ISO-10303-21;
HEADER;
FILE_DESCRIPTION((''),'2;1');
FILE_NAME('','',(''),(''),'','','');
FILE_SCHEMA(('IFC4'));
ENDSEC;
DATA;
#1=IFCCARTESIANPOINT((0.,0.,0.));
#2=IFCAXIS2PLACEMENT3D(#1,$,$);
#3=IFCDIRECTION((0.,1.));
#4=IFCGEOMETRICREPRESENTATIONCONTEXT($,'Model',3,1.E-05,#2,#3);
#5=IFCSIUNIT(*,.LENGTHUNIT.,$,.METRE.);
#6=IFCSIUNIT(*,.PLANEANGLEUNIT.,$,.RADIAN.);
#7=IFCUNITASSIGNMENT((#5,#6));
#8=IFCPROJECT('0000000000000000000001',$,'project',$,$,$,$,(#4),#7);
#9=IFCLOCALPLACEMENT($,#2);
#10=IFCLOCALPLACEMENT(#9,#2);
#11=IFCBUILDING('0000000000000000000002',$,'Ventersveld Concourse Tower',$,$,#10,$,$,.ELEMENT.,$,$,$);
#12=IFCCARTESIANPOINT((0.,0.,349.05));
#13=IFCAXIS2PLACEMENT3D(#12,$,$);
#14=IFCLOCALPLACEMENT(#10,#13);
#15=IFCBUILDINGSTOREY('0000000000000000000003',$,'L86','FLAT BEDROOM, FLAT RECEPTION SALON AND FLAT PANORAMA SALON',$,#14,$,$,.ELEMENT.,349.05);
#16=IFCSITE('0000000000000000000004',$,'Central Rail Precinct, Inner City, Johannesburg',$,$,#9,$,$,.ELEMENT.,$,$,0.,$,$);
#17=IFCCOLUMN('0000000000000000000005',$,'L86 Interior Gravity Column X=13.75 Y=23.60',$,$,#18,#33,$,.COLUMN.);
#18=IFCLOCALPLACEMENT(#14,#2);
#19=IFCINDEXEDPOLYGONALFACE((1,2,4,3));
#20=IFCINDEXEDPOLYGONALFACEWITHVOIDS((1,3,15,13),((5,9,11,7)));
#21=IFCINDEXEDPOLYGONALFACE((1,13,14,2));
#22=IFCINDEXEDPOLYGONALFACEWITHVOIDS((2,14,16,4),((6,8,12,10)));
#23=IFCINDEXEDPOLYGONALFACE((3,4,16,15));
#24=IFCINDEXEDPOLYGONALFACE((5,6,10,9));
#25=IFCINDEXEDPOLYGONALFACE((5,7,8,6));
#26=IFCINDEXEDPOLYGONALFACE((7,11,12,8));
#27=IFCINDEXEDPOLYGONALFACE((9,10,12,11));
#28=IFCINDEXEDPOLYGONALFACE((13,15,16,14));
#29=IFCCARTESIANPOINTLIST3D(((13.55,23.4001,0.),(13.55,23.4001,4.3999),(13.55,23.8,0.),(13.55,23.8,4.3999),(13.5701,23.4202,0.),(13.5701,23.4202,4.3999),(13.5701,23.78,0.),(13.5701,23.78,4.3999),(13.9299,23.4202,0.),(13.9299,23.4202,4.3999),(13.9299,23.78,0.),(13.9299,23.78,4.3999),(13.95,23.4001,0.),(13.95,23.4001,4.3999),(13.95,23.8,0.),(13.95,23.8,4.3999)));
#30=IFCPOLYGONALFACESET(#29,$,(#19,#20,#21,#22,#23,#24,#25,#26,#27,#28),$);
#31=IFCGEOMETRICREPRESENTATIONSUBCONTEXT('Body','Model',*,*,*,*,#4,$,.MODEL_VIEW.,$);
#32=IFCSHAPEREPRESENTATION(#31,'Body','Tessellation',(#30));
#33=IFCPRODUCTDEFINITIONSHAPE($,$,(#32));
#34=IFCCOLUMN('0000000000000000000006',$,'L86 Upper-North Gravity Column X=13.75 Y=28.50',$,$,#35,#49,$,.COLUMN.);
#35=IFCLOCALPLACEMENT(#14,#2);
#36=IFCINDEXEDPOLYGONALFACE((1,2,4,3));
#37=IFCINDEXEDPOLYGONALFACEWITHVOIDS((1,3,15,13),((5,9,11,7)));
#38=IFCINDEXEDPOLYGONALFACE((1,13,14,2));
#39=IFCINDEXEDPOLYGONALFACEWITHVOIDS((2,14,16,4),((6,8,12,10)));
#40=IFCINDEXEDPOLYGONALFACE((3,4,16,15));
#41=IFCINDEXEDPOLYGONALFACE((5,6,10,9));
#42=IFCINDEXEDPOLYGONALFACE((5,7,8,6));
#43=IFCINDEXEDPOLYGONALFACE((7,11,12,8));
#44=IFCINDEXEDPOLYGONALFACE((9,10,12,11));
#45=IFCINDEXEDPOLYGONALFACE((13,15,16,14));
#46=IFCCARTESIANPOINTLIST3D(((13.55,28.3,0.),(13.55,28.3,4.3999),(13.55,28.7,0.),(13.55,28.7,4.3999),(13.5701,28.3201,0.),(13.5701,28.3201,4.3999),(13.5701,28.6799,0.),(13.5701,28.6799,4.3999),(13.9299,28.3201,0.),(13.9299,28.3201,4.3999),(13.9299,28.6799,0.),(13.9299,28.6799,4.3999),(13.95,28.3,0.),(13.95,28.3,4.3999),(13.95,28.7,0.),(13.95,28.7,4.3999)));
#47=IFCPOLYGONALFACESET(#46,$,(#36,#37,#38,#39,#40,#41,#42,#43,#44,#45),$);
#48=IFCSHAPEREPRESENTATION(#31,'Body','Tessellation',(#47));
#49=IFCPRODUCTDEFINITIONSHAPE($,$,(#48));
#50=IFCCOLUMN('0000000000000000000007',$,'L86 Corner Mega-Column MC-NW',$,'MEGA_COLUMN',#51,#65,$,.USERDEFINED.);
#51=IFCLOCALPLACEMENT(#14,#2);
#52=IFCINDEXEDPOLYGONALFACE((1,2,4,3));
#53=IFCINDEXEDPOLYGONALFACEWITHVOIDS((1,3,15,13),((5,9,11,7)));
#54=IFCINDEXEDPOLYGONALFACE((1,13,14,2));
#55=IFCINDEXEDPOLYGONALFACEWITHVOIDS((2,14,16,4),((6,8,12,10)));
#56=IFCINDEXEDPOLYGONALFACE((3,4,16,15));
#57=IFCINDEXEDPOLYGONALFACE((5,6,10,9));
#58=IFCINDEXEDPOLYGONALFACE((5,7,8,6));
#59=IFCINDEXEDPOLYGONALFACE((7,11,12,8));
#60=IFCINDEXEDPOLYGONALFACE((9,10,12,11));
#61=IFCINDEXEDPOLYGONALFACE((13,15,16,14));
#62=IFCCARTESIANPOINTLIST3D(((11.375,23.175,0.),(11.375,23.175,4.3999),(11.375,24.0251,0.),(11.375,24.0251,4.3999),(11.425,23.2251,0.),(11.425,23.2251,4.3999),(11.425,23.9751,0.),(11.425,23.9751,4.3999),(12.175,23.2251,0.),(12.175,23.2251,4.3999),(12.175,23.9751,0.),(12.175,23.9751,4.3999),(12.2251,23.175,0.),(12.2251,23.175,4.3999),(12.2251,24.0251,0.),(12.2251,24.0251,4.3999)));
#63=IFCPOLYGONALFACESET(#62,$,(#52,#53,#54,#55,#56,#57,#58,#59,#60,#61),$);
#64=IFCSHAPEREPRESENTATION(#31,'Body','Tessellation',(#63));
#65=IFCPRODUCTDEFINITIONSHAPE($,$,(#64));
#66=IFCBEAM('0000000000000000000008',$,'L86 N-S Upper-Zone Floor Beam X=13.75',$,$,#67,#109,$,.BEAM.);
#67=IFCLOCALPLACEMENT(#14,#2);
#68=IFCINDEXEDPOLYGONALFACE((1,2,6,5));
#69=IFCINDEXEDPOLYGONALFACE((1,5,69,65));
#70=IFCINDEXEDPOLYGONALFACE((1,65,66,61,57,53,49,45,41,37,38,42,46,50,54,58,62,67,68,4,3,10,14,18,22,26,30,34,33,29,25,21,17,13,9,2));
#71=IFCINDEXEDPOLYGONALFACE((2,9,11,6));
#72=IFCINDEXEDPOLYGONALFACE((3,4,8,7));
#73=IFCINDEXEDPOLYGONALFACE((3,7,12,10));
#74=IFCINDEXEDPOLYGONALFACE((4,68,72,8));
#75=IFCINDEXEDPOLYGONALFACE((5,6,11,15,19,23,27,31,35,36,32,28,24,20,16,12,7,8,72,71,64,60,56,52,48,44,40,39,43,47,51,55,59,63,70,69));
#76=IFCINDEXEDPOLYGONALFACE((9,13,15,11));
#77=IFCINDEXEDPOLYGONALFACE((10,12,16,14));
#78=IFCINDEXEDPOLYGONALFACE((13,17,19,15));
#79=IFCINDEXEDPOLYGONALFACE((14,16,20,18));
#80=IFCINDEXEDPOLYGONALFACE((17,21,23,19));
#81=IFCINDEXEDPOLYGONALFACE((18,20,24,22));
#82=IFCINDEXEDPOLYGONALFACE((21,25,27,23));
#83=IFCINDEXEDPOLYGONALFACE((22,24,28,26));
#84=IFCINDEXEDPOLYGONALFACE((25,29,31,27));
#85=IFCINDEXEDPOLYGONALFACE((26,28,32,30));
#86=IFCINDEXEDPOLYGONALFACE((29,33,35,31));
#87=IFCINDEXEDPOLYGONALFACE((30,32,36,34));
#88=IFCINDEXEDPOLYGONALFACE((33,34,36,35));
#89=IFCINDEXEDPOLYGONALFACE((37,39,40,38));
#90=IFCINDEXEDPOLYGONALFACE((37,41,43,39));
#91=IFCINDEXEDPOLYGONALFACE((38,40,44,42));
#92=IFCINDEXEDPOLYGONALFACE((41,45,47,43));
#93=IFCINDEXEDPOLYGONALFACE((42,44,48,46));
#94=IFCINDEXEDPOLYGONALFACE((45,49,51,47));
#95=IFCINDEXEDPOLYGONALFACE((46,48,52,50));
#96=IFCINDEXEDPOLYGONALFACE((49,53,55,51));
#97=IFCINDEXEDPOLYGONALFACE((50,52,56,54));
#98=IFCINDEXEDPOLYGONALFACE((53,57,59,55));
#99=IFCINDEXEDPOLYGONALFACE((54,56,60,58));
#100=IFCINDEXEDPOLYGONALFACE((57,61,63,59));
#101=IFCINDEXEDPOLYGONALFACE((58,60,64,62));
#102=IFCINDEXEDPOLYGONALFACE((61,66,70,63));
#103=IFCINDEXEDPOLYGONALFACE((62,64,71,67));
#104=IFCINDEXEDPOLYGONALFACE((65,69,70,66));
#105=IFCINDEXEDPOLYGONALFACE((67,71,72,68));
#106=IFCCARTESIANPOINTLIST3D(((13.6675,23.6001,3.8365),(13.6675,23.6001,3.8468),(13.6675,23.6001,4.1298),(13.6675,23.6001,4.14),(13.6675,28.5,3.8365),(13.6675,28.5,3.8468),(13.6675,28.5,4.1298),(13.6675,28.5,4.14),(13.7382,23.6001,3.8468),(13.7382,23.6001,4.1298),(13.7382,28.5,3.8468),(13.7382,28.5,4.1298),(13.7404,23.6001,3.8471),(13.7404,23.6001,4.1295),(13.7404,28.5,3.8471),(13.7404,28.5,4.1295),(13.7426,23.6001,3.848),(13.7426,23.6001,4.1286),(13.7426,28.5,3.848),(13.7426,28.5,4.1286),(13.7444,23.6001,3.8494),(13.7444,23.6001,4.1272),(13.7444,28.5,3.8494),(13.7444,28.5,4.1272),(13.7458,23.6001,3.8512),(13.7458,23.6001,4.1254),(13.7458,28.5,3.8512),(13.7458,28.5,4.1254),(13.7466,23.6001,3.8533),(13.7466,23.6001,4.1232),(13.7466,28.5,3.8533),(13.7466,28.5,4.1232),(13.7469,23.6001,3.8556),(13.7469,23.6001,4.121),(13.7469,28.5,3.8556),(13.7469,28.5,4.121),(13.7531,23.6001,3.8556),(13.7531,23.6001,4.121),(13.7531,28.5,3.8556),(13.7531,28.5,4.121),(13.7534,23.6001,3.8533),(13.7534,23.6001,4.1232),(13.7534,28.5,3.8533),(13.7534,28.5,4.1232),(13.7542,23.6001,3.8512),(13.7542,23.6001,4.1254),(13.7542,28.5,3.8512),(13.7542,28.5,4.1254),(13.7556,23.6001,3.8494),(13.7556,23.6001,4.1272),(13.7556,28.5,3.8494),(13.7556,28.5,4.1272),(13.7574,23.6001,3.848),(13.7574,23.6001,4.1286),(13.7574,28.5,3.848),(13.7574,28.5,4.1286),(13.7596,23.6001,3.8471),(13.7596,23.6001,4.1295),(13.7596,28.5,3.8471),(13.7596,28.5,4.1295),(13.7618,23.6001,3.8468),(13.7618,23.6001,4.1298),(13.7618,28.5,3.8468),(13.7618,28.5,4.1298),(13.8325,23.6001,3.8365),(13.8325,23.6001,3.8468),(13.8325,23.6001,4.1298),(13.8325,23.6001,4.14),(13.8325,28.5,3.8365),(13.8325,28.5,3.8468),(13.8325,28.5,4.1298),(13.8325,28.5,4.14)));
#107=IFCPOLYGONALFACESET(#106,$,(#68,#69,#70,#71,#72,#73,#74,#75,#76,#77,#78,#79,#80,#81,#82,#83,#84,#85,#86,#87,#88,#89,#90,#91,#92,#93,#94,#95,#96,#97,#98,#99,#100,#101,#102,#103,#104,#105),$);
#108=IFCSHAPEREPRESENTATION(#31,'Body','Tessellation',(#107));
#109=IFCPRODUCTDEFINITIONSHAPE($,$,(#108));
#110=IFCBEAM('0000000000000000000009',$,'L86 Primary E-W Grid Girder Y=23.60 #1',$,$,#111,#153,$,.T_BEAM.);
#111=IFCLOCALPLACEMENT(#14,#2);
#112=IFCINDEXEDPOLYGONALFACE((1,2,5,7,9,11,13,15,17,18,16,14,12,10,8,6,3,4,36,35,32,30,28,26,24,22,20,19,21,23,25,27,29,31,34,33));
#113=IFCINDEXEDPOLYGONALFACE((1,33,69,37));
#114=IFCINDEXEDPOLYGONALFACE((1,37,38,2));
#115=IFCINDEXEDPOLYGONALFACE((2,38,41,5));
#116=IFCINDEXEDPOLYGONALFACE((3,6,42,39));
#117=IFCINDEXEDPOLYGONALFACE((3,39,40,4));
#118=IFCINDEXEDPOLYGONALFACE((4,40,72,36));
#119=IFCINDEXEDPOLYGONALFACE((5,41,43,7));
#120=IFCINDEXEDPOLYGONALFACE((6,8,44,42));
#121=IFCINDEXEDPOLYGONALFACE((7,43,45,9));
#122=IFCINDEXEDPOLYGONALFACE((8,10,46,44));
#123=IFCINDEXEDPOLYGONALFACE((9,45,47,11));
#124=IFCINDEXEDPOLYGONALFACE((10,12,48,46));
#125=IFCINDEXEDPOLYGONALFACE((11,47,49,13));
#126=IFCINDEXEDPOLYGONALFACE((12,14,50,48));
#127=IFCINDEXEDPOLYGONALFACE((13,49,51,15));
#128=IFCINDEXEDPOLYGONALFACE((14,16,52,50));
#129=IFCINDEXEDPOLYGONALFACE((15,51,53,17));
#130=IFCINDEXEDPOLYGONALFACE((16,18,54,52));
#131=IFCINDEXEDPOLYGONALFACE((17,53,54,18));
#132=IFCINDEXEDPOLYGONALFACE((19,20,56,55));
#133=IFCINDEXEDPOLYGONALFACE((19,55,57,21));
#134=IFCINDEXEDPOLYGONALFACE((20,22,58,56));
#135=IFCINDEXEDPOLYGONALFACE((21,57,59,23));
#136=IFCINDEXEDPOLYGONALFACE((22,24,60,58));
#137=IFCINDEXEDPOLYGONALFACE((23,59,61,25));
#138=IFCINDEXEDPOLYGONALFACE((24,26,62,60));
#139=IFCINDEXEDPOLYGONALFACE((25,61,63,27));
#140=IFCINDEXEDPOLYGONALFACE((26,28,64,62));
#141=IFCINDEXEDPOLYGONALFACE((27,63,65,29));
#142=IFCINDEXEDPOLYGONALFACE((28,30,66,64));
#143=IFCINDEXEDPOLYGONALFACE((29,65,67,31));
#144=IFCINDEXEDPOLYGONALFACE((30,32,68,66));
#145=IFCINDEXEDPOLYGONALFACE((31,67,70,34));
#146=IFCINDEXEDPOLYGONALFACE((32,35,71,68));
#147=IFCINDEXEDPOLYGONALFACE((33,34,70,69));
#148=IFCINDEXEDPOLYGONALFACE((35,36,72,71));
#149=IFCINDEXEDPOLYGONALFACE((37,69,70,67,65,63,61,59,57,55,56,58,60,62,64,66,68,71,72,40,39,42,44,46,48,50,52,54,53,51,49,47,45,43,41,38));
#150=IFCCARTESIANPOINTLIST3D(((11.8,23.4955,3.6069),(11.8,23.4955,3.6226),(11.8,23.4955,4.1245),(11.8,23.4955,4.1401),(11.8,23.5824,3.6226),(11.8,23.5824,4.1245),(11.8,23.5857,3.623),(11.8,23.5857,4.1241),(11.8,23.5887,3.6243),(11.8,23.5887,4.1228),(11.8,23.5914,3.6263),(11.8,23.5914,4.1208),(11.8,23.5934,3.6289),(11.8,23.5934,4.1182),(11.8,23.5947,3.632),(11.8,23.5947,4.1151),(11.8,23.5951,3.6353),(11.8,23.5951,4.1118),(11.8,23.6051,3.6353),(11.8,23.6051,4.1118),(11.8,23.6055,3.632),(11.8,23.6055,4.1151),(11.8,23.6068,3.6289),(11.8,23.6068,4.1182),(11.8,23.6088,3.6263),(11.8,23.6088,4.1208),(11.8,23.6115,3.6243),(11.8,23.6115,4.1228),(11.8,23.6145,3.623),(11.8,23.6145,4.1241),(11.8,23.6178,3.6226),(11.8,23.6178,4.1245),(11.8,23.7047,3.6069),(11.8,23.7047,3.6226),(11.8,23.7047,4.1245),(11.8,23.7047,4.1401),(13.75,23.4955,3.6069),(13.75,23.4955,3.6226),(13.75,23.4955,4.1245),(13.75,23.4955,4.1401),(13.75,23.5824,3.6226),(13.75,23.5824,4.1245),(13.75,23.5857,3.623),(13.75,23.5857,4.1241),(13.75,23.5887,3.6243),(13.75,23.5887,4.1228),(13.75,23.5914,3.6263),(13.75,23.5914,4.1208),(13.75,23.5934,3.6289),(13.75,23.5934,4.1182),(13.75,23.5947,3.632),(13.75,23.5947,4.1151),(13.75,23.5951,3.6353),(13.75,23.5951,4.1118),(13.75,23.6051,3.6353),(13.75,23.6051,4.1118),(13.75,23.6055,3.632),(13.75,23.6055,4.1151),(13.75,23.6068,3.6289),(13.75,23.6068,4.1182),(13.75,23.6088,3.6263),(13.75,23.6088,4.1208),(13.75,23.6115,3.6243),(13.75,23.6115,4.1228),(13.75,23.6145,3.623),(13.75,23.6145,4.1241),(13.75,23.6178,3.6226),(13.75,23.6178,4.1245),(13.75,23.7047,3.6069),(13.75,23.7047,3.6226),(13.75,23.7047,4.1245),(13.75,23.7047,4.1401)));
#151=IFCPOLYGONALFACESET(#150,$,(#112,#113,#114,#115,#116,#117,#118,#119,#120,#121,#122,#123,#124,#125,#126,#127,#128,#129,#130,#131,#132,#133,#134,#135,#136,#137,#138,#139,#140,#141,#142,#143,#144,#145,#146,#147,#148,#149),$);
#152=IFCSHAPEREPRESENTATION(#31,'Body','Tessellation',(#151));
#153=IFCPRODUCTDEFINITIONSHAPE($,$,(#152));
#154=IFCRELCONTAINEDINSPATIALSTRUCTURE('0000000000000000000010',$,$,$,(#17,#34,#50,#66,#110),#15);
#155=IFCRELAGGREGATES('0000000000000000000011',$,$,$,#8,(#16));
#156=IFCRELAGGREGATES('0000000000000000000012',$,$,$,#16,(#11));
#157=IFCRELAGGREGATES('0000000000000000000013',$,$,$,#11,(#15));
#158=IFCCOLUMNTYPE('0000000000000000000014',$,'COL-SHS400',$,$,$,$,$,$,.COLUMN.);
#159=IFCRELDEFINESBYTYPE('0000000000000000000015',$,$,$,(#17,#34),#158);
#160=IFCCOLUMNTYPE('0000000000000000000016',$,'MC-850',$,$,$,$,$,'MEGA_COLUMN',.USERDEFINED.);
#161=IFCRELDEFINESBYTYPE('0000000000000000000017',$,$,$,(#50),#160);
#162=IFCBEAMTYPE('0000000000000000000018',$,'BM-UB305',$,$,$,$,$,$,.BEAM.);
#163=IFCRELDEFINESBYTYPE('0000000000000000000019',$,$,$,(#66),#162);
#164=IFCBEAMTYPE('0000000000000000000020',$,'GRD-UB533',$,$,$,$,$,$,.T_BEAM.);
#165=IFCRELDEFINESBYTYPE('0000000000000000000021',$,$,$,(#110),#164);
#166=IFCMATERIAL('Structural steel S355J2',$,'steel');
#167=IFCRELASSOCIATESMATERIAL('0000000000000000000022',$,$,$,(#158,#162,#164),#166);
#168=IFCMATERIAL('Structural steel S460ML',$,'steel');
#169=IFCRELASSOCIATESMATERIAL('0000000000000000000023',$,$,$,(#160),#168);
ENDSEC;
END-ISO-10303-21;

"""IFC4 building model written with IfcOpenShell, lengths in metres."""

from ifc_helpers import new_model, si_unit, direction, frame, origin, origin_2d, place, context, subcontext, project, spatial, hollow_rectangle, i_section, extrude, material, material_profile, profile_set, type_object, element, save


model = new_model("IFC4")

# Units and contexts
model_context = context("Model", 3, precision=1e-05, world=origin(), true_north=direction((0.0, 1.0)))
body_context = subcontext(model_context, "Body", "Model", "MODEL_VIEW")
ifc_project = project(units=[si_unit("LENGTHUNIT", "METRE"), si_unit("PLANEANGLEUNIT", "RADIAN")], contexts=[model_context])

# Site, building, storey
site_placement = place(None, origin())
site = spatial("IfcSite", under=ifc_project, at=site_placement, Name="Central Rail Precinct, Inner City, Johannesburg", CompositionType="ELEMENT", RefElevation=0.0)
building_placement = place(site_placement, origin())
building = spatial("IfcBuilding", under=site, at=building_placement, Name="Ventersveld Concourse Tower", CompositionType="ELEMENT")
storey_placement = place(building_placement, frame((0.0, 0.0, 349.05)))
storey = spatial("IfcBuildingStorey", under=building, at=storey_placement, Name="L86", Description="FLAT BEDROOM, FLAT RECEPTION SALON AND FLAT PANORAMA SALON", CompositionType="ELEMENT", Elevation=349.05)

# Columns
ifc_material_1 = material(Name="Structural steel S355J2", Category="steel")
ifc_material_profile_1 = material_profile(ifc_material_1, hollow_rectangle(XDim=0.3999, YDim=0.3999, WallThickness=0.02, at=origin_2d()), Name="SHS 400x400x20")
ifc_profile_set_1 = profile_set([ifc_material_profile_1], Name="Structural steel S355J2")
column_type_1 = type_object("IfcColumnType", Name="COL-SHS400", PredefinedType="COLUMN", material=ifc_profile_set_1)
for number, where, z_axis, x_axis, name in (
    (1, (13.75, 23.6001, 0.0), (0.0, 0.0, 1.0), (1.0, 0.0, 0.0), "L86 Interior Gravity Column X=13.75 Y=23.60"),
    (2, (13.75, 28.5, 0.0), (0.0, 0.0, 1.0), (1.0, 0.0, 0.0), "L86 Upper-North Gravity Column X=13.75 Y=28.50"),
):
    element("IfcColumn", number, at=place(storey_placement, frame(where, z_axis=z_axis, x_axis=x_axis)), inside=storey, type_object=column_type_1, Name=name, PredefinedType="COLUMN", context=body_context, shape_type="SweptSolid", body=[
        extrude(hollow_rectangle(XDim=0.3999, YDim=0.3999, WallThickness=0.02, at=origin_2d()), origin(), (0.0, 0.0, 1.0), 4.3999),
    ])
ifc_material_2 = material(Name="Structural steel S460ML", Category="steel")
ifc_material_profile_2 = material_profile(ifc_material_2, hollow_rectangle(XDim=0.8501, YDim=0.8501, WallThickness=0.05, at=origin_2d()), Name="BOX 850x850x50")
ifc_profile_set_2 = profile_set([ifc_material_profile_2], Name="Structural steel S460ML")
column_type_2 = type_object("IfcColumnType", Name="MC-850", ElementType="MEGA_COLUMN", PredefinedType="USERDEFINED", material=ifc_profile_set_2)
column_placement = place(storey_placement, frame((11.8, 23.6001, 0.0), z_axis=(0.0, 0.0, 1.0), x_axis=(1.0, 0.0, 0.0)))
element("IfcColumn", 3, at=column_placement, inside=storey, type_object=column_type_2, Name="L86 Corner Mega-Column MC-NW", ObjectType="MEGA_COLUMN", PredefinedType="USERDEFINED", context=body_context, shape_type="SweptSolid", body=[
    extrude(hollow_rectangle(XDim=0.8501, YDim=0.8501, WallThickness=0.05, at=origin_2d()), origin(), (0.0, 0.0, 1.0), 4.3999),
])

# Beams
ifc_material_profile_3 = material_profile(ifc_material_1, i_section(OverallWidth=0.165, OverallDepth=0.3035, WebThickness=0.0061, FlangeThickness=0.0103, FilletRadius=0.0088, at=origin_2d()), Name="UB 305x165x40")
ifc_profile_set_3 = profile_set([ifc_material_profile_3], Name="Structural steel S355J2")
beam_type_1 = type_object("IfcBeamType", Name="BM-UB305", PredefinedType="BEAM", material=ifc_profile_set_3)
beam_1_placement = place(storey_placement, frame((13.75, 23.6001, 3.9883), z_axis=(0.0, 1.0, 0.0), x_axis=(-1.0, 0.0, 0.0)))
element("IfcBeam", 4, at=beam_1_placement, inside=storey, type_object=beam_type_1, Name="L86 N-S Upper-Zone Floor Beam X=13.75", PredefinedType="BEAM", context=body_context, shape_type="SweptSolid", body=[
    extrude(i_section(OverallWidth=0.165, OverallDepth=0.3035, WebThickness=0.0061, FlangeThickness=0.0103, FilletRadius=0.0088, at=origin_2d()), origin(), (0.0, 0.0, 1.0), 4.8999),
])
ifc_material_profile_4 = material_profile(ifc_material_1, i_section(OverallWidth=0.2092, OverallDepth=0.5332, WebThickness=0.01, FlangeThickness=0.0156, FilletRadius=0.0127, at=origin_2d()), Name="UB 533x210x92")
ifc_profile_set_4 = profile_set([ifc_material_profile_4], Name="Structural steel S355J2")
beam_type_2 = type_object("IfcBeamType", Name="GRD-UB533", PredefinedType="T_BEAM", material=ifc_profile_set_4)
beam_2_placement = place(storey_placement, frame((11.8, 23.6001, 3.8735), z_axis=(1.0, 0.0, 0.0), x_axis=(0.0, 1.0, 0.0)))
element("IfcBeam", 5, at=beam_2_placement, inside=storey, type_object=beam_type_2, Name="L86 Primary E-W Grid Girder Y=23.60 #1", PredefinedType="T_BEAM", context=body_context, shape_type="SweptSolid", body=[
    extrude(i_section(OverallWidth=0.2092, OverallDepth=0.5332, WebThickness=0.01, FlangeThickness=0.0156, FilletRadius=0.0127, at=origin_2d()), origin(), (0.0, 0.0, 1.0), 1.95),
])

save(model, "model.ifc")
